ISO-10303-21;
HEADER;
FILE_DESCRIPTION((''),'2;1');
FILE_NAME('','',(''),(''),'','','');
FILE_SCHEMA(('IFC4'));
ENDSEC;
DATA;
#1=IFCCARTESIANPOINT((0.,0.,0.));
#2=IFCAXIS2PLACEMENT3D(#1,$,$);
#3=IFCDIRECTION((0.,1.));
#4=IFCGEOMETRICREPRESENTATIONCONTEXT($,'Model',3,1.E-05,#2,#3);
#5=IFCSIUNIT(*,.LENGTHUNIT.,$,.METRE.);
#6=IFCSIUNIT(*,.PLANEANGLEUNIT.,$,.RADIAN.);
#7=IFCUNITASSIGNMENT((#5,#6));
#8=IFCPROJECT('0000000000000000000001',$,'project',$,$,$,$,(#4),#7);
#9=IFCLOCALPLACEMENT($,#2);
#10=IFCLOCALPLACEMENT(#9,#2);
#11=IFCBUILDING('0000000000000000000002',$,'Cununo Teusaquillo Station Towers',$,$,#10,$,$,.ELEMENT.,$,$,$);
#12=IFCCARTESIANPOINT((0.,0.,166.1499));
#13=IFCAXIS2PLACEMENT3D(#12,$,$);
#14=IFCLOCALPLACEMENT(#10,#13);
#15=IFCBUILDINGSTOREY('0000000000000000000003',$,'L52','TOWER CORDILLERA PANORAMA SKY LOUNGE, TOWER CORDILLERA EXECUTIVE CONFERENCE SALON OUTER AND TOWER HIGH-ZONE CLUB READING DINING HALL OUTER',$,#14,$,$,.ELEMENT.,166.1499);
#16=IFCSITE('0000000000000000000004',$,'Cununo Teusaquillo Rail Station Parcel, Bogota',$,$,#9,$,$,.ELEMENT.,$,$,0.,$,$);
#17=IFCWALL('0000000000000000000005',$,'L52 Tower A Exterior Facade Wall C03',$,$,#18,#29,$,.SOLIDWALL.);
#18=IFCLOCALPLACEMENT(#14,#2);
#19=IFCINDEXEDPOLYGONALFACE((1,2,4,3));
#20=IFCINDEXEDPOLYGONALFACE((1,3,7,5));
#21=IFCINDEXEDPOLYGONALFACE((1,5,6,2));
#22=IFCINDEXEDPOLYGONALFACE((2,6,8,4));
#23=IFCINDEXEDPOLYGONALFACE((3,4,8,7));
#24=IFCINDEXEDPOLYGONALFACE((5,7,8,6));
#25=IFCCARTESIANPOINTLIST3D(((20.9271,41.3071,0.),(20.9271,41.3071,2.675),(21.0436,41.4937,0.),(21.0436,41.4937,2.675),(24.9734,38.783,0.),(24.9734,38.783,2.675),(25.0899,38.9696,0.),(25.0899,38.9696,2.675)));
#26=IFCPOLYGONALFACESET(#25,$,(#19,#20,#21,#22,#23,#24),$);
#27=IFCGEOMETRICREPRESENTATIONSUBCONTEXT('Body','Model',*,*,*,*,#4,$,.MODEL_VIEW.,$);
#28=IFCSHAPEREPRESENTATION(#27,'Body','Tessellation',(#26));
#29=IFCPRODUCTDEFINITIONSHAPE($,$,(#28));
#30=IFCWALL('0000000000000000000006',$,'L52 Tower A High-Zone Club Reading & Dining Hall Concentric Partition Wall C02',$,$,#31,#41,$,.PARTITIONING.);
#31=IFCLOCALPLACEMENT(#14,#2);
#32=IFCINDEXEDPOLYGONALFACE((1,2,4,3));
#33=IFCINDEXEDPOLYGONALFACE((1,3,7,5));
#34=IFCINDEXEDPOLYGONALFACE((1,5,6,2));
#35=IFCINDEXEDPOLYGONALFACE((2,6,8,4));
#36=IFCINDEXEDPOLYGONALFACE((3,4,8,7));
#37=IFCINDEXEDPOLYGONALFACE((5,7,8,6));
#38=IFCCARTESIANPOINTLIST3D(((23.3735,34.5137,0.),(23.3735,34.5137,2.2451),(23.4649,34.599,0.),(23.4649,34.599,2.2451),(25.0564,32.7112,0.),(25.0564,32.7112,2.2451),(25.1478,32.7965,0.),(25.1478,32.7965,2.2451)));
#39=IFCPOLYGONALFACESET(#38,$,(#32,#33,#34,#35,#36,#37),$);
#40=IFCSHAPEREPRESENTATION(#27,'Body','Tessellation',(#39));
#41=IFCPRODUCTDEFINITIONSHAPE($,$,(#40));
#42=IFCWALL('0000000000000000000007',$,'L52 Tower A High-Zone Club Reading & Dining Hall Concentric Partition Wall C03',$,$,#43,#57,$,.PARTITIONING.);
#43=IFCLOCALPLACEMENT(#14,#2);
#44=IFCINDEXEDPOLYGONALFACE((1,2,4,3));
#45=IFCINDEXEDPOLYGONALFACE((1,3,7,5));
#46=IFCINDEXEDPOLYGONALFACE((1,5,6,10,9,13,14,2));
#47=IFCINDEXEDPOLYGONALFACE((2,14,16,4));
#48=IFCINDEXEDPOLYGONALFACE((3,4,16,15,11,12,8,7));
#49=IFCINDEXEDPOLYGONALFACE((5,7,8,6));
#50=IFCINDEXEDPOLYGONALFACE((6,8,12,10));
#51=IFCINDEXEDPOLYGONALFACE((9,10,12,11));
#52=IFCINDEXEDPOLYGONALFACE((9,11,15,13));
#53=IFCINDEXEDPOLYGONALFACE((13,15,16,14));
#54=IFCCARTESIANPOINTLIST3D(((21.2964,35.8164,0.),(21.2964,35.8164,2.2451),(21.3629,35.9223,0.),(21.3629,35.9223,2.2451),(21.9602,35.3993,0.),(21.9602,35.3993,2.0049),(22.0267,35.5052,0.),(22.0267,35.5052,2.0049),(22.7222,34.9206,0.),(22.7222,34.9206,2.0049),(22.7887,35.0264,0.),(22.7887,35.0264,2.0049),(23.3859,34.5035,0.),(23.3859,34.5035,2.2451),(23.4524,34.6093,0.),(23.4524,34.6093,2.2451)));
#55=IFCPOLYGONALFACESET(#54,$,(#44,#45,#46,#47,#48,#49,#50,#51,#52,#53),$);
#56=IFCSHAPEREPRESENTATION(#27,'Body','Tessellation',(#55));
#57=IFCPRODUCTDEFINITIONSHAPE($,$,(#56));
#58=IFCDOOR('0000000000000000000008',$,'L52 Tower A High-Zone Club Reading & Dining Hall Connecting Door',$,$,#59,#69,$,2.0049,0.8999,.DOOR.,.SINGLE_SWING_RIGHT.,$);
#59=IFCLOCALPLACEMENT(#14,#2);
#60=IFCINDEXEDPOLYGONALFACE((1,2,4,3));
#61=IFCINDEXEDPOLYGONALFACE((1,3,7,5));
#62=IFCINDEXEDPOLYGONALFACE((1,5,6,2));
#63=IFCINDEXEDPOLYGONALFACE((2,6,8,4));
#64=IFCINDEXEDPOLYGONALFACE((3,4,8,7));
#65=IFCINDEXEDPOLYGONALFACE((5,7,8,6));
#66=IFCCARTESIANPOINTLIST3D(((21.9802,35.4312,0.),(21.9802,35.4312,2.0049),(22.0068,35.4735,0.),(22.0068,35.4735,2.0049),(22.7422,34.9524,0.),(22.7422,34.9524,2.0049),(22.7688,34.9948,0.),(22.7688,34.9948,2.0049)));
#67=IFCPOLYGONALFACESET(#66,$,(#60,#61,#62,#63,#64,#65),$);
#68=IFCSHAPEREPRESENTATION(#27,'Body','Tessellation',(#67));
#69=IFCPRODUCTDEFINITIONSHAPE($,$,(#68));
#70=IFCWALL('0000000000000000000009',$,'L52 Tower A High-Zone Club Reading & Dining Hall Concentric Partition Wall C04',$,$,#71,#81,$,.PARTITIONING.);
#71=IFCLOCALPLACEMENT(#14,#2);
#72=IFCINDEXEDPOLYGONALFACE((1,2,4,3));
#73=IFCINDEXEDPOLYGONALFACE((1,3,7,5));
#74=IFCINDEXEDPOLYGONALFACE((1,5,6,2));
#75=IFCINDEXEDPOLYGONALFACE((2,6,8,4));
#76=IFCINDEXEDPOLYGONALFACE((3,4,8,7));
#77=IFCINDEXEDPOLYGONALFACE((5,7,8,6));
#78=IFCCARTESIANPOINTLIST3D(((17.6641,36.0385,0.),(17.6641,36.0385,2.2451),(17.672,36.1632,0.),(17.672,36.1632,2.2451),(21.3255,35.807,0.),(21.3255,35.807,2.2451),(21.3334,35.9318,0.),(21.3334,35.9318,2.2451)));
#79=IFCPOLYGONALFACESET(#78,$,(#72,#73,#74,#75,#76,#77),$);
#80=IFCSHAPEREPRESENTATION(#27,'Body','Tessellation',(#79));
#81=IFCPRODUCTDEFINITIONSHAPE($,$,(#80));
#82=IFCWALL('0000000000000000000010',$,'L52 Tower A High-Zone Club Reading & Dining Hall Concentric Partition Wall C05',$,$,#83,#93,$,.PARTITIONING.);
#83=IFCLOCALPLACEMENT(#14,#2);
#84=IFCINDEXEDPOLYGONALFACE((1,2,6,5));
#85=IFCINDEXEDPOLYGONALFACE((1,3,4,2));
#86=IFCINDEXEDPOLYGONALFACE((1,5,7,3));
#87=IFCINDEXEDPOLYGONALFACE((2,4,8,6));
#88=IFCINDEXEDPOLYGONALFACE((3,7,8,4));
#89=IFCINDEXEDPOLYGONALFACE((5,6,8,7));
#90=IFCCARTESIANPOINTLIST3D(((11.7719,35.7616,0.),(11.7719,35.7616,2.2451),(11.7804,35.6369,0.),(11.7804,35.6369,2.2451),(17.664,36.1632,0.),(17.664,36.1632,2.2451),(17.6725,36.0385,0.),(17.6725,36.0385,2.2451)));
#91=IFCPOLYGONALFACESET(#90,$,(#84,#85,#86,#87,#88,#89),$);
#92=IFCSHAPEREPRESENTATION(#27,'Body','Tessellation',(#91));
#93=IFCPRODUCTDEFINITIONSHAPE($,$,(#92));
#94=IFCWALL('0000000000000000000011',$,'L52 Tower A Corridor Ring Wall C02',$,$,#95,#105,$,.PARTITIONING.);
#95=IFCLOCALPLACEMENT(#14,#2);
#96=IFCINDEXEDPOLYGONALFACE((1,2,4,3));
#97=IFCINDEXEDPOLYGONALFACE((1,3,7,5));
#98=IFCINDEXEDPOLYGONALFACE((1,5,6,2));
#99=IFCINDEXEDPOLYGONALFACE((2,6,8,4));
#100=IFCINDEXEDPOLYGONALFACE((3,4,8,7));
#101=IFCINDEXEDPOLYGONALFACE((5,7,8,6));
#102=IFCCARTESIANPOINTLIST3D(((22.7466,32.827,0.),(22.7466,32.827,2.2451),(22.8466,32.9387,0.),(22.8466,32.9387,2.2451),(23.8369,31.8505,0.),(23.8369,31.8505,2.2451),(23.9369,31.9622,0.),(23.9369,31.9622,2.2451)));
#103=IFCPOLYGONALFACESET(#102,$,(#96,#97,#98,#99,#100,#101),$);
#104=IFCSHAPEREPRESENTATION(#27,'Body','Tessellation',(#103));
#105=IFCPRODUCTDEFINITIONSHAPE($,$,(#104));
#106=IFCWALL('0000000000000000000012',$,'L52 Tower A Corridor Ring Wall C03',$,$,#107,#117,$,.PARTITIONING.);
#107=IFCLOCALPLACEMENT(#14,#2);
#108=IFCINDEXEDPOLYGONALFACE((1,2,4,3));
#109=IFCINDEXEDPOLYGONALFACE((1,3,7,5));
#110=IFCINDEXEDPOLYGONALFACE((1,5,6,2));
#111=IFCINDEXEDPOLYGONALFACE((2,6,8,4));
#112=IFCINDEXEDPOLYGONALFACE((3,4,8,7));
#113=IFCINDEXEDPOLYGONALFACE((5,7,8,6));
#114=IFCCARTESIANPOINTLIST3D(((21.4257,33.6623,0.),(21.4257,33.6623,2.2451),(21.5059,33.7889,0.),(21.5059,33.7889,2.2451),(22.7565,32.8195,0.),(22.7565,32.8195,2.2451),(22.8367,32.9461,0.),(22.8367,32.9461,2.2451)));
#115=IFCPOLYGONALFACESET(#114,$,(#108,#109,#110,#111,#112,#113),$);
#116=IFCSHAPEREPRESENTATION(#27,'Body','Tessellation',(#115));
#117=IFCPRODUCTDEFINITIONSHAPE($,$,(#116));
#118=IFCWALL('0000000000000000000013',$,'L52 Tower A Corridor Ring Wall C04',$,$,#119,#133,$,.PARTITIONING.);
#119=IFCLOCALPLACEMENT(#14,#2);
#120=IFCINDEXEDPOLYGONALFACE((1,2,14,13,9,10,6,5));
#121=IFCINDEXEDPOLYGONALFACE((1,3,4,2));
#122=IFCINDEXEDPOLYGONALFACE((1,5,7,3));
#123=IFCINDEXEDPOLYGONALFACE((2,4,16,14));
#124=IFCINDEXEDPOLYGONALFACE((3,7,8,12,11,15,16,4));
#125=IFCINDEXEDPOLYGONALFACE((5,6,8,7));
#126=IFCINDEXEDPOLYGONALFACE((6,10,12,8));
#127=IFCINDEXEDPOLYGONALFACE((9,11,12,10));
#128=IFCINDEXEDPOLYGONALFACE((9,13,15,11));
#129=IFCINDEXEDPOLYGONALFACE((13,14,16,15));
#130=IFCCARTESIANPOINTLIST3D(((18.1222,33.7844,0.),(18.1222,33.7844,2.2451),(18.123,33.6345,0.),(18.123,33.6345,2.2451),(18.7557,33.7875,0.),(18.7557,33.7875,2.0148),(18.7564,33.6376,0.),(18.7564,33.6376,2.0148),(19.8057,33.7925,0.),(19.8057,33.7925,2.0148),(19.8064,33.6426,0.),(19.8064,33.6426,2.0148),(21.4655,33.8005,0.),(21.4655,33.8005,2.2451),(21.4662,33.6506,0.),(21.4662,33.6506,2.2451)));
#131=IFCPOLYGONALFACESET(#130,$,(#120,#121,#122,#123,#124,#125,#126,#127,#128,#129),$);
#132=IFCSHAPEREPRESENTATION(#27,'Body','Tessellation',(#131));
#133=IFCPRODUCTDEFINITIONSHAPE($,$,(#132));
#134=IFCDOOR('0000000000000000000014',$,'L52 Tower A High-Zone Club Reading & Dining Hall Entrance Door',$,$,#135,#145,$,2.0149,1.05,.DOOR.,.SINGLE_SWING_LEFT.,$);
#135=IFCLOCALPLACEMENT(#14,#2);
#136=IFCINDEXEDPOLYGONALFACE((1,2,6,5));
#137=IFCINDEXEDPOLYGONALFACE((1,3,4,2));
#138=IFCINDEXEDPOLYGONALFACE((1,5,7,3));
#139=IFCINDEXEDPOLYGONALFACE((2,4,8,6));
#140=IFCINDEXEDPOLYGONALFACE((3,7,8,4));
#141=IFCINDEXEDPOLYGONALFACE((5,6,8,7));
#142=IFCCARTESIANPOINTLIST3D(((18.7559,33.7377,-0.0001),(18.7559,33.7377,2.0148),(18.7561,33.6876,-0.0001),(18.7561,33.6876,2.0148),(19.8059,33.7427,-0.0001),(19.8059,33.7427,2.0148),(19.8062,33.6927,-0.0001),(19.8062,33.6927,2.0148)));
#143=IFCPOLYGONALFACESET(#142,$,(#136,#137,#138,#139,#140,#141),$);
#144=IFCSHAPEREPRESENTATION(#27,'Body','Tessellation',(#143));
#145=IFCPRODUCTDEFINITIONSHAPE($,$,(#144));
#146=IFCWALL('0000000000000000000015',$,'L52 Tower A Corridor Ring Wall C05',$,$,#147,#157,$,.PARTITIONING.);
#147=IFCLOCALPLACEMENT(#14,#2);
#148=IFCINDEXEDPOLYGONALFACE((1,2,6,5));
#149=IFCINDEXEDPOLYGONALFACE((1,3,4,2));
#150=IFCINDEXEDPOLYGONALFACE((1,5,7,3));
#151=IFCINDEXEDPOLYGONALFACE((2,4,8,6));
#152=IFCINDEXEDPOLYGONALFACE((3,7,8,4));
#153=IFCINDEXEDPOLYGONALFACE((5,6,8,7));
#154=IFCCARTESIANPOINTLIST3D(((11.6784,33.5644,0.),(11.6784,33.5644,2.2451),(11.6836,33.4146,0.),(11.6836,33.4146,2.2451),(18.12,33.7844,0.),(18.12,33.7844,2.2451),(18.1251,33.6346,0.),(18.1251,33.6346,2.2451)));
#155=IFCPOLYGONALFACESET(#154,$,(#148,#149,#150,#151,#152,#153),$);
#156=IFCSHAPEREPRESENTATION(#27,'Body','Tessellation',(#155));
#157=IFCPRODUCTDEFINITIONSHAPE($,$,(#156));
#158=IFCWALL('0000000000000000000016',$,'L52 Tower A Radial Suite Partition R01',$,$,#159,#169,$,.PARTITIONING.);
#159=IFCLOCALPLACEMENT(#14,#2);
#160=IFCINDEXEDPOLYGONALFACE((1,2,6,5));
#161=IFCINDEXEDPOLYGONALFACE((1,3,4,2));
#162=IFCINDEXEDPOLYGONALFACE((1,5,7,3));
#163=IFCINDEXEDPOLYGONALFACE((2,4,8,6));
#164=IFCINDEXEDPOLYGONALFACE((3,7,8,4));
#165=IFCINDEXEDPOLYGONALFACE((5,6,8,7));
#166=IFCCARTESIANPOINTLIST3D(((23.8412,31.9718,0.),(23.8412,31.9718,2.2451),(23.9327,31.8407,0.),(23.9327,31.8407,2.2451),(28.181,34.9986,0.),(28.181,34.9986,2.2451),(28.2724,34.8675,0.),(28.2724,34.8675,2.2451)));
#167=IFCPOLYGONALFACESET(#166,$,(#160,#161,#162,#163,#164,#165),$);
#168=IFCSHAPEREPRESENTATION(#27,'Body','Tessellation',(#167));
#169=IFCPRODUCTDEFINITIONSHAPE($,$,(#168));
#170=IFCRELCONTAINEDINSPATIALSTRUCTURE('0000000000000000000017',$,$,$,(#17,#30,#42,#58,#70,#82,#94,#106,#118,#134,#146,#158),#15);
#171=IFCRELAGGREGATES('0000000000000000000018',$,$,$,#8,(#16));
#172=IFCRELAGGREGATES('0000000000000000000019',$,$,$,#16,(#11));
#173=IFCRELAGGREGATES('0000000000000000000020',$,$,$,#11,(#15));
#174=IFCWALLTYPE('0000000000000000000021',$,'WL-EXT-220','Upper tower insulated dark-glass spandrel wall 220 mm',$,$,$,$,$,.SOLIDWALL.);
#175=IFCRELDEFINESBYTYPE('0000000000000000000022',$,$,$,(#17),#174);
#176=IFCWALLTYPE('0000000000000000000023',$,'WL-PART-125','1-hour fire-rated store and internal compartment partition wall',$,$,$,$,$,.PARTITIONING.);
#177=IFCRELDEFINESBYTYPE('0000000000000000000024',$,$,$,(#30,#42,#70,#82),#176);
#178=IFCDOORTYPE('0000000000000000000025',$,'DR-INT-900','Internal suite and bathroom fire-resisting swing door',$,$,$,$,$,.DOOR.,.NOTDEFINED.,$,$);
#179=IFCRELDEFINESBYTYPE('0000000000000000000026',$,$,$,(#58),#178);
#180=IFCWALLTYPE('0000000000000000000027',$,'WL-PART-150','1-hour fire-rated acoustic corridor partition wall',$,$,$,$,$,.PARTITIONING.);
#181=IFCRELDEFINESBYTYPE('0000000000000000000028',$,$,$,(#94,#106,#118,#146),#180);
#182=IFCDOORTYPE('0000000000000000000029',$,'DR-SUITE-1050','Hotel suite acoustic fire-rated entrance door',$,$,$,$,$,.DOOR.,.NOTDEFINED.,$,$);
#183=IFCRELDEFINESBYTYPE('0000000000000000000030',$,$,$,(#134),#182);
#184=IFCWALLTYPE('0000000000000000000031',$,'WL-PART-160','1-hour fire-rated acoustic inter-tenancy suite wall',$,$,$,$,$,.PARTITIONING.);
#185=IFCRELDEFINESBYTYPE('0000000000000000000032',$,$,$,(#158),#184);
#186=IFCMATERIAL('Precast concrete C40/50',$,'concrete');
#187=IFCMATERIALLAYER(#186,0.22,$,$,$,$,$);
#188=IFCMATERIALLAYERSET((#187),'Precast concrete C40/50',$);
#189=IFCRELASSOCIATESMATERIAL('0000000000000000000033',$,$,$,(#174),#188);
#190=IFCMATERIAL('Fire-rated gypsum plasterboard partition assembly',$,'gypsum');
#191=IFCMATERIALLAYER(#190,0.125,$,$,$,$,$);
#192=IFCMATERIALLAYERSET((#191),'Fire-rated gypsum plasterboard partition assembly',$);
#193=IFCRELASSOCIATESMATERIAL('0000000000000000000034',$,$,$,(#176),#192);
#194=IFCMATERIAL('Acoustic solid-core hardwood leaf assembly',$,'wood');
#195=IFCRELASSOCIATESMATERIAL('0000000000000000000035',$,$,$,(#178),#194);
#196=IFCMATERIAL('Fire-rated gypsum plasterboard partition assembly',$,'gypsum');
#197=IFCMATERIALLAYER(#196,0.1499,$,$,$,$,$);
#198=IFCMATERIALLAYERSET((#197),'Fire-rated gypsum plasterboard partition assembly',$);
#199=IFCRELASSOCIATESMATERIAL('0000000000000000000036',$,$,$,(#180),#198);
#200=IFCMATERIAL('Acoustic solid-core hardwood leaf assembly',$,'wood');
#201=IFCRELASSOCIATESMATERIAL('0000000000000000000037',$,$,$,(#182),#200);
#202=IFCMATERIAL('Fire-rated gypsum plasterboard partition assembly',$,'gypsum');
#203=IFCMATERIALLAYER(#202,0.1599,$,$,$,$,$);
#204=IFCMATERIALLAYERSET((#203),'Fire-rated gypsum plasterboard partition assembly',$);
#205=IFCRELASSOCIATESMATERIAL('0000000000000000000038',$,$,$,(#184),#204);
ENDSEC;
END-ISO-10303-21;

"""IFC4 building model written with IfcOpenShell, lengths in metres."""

from ifc_helpers import new_model, si_unit, direction, frame, frame_2d, origin, place, context, subcontext, project, spatial, rectangle, extrude, source, transform, mapped, material, layer, layer_set, type_object, element, fill, save


model = new_model("IFC4")

# Units and contexts
model_context = context("Model", 3, precision=1e-05, world=origin(), true_north=direction((0.0, 1.0)))
body_context = subcontext(model_context, "Body", "Model", "MODEL_VIEW")
ifc_project = project(units=[si_unit("LENGTHUNIT", "METRE"), si_unit("PLANEANGLEUNIT", "RADIAN")], contexts=[model_context])

# Site, building, storey
site_placement = place(None, origin())
site = spatial("IfcSite", under=ifc_project, at=site_placement, Name="Cununo Teusaquillo Rail Station Parcel, Bogota", CompositionType="ELEMENT", RefElevation=0.0)
building_placement = place(site_placement, origin())
building = spatial("IfcBuilding", under=site, at=building_placement, Name="Cununo Teusaquillo Station Towers", CompositionType="ELEMENT")
storey_placement = place(building_placement, frame((0.0, 0.0, 166.1499)))
storey = spatial("IfcBuildingStorey", under=building, at=storey_placement, Name="L52", Description="TOWER CORDILLERA PANORAMA SKY LOUNGE, TOWER CORDILLERA EXECUTIVE CONFERENCE SALON OUTER AND TOWER HIGH-ZONE CLUB READING DINING HALL OUTER", CompositionType="ELEMENT", Elevation=166.1499)

# Shared definitions
ifc_material_1 = material(Name="Precast concrete C40/50", Category="concrete")
ifc_layer_1 = layer(ifc_material_1, 0.22)
ifc_layer_set_1 = layer_set([ifc_layer_1], Name="Precast concrete C40/50")
wall_type_1 = type_object("IfcWallType", Name="WL-EXT-220", Description="Upper tower insulated dark-glass spandrel wall 220 mm", PredefinedType="SOLIDWALL", material=ifc_layer_set_1)

# Walls
wall_1_placement = place(storey_placement, frame((20.9854, 41.4004, 0.0), z_axis=(0.0, 0.0, 1.0), x_axis=(0.848452, -0.529272, 0.0)))
element("IfcWall", 1, at=wall_1_placement, inside=storey, type_object=wall_type_1, Name="L52 Tower A Exterior Facade Wall C03", PredefinedType="SOLIDWALL", context=body_context, shape_type="SweptSolid", body=[
    extrude(rectangle(XDim=4.769, YDim=0.22, at=frame_2d((2.3845, 0.0))), origin(), (0.0, 0.0, 1.0), 2.675),
])
ifc_material_2 = material(Name="Fire-rated gypsum plasterboard partition assembly", Category="gypsum")
ifc_layer_2 = layer(ifc_material_2, 0.125)
ifc_layer_set_2 = layer_set([ifc_layer_2], Name="Fire-rated gypsum plasterboard partition assembly")
wall_type_2 = type_object("IfcWallType", Name="WL-PART-125", Description="1-hour fire-rated store and internal compartment partition wall", PredefinedType="PARTITIONING", material=ifc_layer_set_2)
wall_2_placement = place(storey_placement, frame((25.1021, 32.7539, 0.0), z_axis=(0.0, 0.0, 1.0), x_axis=(-0.682435, 0.730947, 0.0)))
element("IfcWall", 2, at=wall_2_placement, inside=storey, type_object=wall_type_2, Name="L52 Tower A High-Zone Club Reading & Dining Hall Concentric Partition Wall C02", PredefinedType="PARTITIONING", context=body_context, shape_type="SweptSolid", body=[
    extrude(rectangle(XDim=2.4661, YDim=0.125, at=frame_2d((1.2329, 0.0))), origin(), (0.0, 0.0, 1.0), 2.2451),
])

# Wall, opening, door
wall_3_placement = place(storey_placement, frame((23.4192, 34.5564, 0.0), z_axis=(0.0, 0.0, 1.0), x_axis=(-0.846723, 0.532034, 0.0)))
wall_3 = element("IfcWall", 3, at=wall_3_placement, inside=storey, type_object=wall_type_2, Name="L52 Tower A High-Zone Club Reading & Dining Hall Concentric Partition Wall C03", PredefinedType="PARTITIONING", context=body_context, shape_type="SweptSolid", body=[
    extrude(rectangle(XDim=2.4678, YDim=0.125, at=frame_2d((1.2339, 0.0))), origin(), (0.0, 0.0, 1.0), 2.2451),
])
shared_shape_1 = source(origin(), body_context, "Body", "SweptSolid", [
    extrude(rectangle(XDim=0.8999, YDim=2.0049, at=frame_2d((0.45, 1.0024))), frame((0.0, 0.0725, 0.0), z_axis=(0.0, -1.0, 0.0), x_axis=(1.0, 0.0, 0.0)), (0.0, 0.0, 1.0), 0.145),
])
opening_1_placement = place(wall_3_placement, frame((0.7839, 0.0, 0.0)))
opening_1 = element("IfcOpeningElement", 4, at=opening_1_placement, cuts=wall_3, PredefinedType="OPENING", context=body_context, shape_type="MappedRepresentation", body=[
    mapped(shared_shape_1, transform((0.0, 0.0, 0.0), x_axis=(1.0, 0.0, 0.0), y_axis=(0.0, 1.0, 0.0), z_axis=(0.0, 0.0, 1.0), scale=1.0)),
])
ifc_material_3 = material(Name="Acoustic solid-core hardwood leaf assembly", Category="wood")
door_type_1 = type_object("IfcDoorType", Name="DR-INT-900", Description="Internal suite and bathroom fire-resisting swing door", OperationType="NOTDEFINED", PredefinedType="DOOR", material=ifc_material_3)
shared_shape_2 = source(origin(), body_context, "Body", "SweptSolid", [
    extrude(rectangle(XDim=0.8999, YDim=2.0049, at=frame_2d((0.45, 1.0024))), frame((0.0, 0.0249, 0.0), z_axis=(0.0, -1.0, 0.0), x_axis=(1.0, 0.0, 0.0)), (0.0, 0.0, 1.0), 0.05),
])
door_1_placement = place(opening_1_placement, origin())
door_1 = element("IfcDoor", 5, at=door_1_placement, inside=storey, type_object=door_type_1, Name="L52 Tower A High-Zone Club Reading & Dining Hall Connecting Door", OperationType="SINGLE_SWING_RIGHT", OverallHeight=2.0049, OverallWidth=0.8999, PredefinedType="DOOR", context=body_context, shape_type="MappedRepresentation", body=[
    mapped(shared_shape_2, transform((0.0, 0.0, 0.0), x_axis=(1.0, 0.0, 0.0), y_axis=(0.0, 1.0, 0.0), z_axis=(0.0, 0.0, 1.0), scale=1.0)),
])
fill(opening_1, door_1)

# Walls
wall_4_placement = place(storey_placement, frame((21.3296, 35.8694, 0.0), z_axis=(0.0, 0.0, 1.0), x_axis=(-0.998008, 0.063087, 0.0)))
element("IfcWall", 6, at=wall_4_placement, inside=storey, type_object=wall_type_2, Name="L52 Tower A High-Zone Club Reading & Dining Hall Concentric Partition Wall C04", PredefinedType="PARTITIONING", context=body_context, shape_type="SweptSolid", body=[
    extrude(rectangle(XDim=3.6687, YDim=0.125, at=frame_2d((1.8345, 0.0))), origin(), (0.0, 0.0, 1.0), 2.2451),
])
wall_5_placement = place(storey_placement, frame((17.6682, 36.1008, 0.0), z_axis=(0.0, 0.0, 1.0), x_axis=(-0.997685, -0.068003, 0.0)))
element("IfcWall", 7, at=wall_5_placement, inside=storey, type_object=wall_type_2, Name="L52 Tower A High-Zone Club Reading & Dining Hall Concentric Partition Wall C05", PredefinedType="PARTITIONING", context=body_context, shape_type="SweptSolid", body=[
    extrude(rectangle(XDim=5.9058, YDim=0.125, at=frame_2d((2.9529, 0.0))), origin(), (0.0, 0.0, 1.0), 2.2451),
])
ifc_material_4 = material(Name="Fire-rated gypsum plasterboard partition assembly", Category="gypsum")
ifc_layer_3 = layer(ifc_material_4, 0.1499)
ifc_layer_set_3 = layer_set([ifc_layer_3], Name="Fire-rated gypsum plasterboard partition assembly")
wall_type_3 = type_object("IfcWallType", Name="WL-PART-150", Description="1-hour fire-rated acoustic corridor partition wall", PredefinedType="PARTITIONING", material=ifc_layer_set_3)
wall_6_placement = place(storey_placement, frame((23.887, 31.9062, 0.0), z_axis=(0.0, 0.0, 1.0), x_axis=(-0.744901, 0.667175, 0.0)))
element("IfcWall", 8, at=wall_6_placement, inside=storey, type_object=wall_type_3, Name="L52 Tower A Corridor Ring Wall C02", PredefinedType="PARTITIONING", context=body_context, shape_type="SweptSolid", body=[
    extrude(rectangle(XDim=1.4636, YDim=0.1499, at=frame_2d((0.7319, 0.0))), origin(), (0.0, 0.0, 1.0), 2.2451),
])
wall_7_placement = place(storey_placement, frame((22.7966, 32.8828, 0.0), z_axis=(0.0, 0.0, 1.0), x_axis=(-0.84484, 0.535019, 0.0)))
element("IfcWall", 9, at=wall_7_placement, inside=storey, type_object=wall_type_3, Name="L52 Tower A Corridor Ring Wall C03", PredefinedType="PARTITIONING", context=body_context, shape_type="SweptSolid", body=[
    extrude(rectangle(XDim=1.5752, YDim=0.1499, at=frame_2d((0.7876, 0.0))), origin(), (0.0, 0.0, 1.0), 2.2451),
])

# Wall, opening, door
wall_8_placement = place(storey_placement, frame((21.4658, 33.7256, 0.0), z_axis=(0.0, 0.0, 1.0), x_axis=(-0.999988, -0.00482, 0.0)))
wall_8 = element("IfcWall", 10, at=wall_8_placement, inside=storey, type_object=wall_type_3, Name="L52 Tower A Corridor Ring Wall C04", PredefinedType="PARTITIONING", context=body_context, shape_type="SweptSolid", body=[
    extrude(rectangle(XDim=3.3433, YDim=0.1499, at=frame_2d((1.6716, 0.0))), origin(), (0.0, 0.0, 1.0), 2.2451),
])
shared_shape_3 = source(origin(), body_context, "Body", "SweptSolid", [
    extrude(rectangle(XDim=1.05, YDim=2.0149, at=frame_2d((0.5249, 1.0073))), frame((0.0, 0.085, 0.0), z_axis=(0.0, -1.0, 0.0), x_axis=(1.0, 0.0, 0.0)), (0.0, 0.0, 1.0), 0.1699),
])
opening_2_placement = place(wall_8_placement, frame((1.6599, 0.0, 0.0)))
opening_2 = element("IfcOpeningElement", 11, at=opening_2_placement, cuts=wall_8, PredefinedType="OPENING", context=body_context, shape_type="MappedRepresentation", body=[
    mapped(shared_shape_3, transform((0.0, 0.0, 0.0), x_axis=(1.0, 0.0, 0.0), y_axis=(0.0, 1.0, 0.0), z_axis=(0.0, 0.0, 1.0), scale=1.0)),
])
ifc_material_5 = material(Name="Acoustic solid-core hardwood leaf assembly", Category="wood")
door_type_2 = type_object("IfcDoorType", Name="DR-SUITE-1050", Description="Hotel suite acoustic fire-rated entrance door", OperationType="NOTDEFINED", PredefinedType="DOOR", material=ifc_material_5)
shared_shape_4 = source(origin(), body_context, "Body", "SweptSolid", [
    extrude(rectangle(XDim=1.05, YDim=2.0149, at=frame_2d((0.5249, 1.0073))), frame((0.0, 0.0249, 0.0), z_axis=(0.0, -1.0, 0.0), x_axis=(1.0, 0.0, 0.0)), (0.0, 0.0, 1.0), 0.05),
])
door_2_placement = place(opening_2_placement, origin())
door_2 = element("IfcDoor", 12, at=door_2_placement, inside=storey, type_object=door_type_2, Name="L52 Tower A High-Zone Club Reading & Dining Hall Entrance Door", OperationType="SINGLE_SWING_LEFT", OverallHeight=2.0149, OverallWidth=1.05, PredefinedType="DOOR", context=body_context, shape_type="MappedRepresentation", body=[
    mapped(shared_shape_4, transform((0.0, 0.0, 0.0), x_axis=(1.0, 0.0, 0.0), y_axis=(0.0, 1.0, 0.0), z_axis=(0.0, 0.0, 1.0), scale=1.0)),
])
fill(opening_2, door_2)

# Walls
wall_9_placement = place(storey_placement, frame((18.1226, 33.7095, 0.0), z_axis=(0.0, 0.0, 1.0), x_axis=(-0.999417, -0.034128, 0.0)))
element("IfcWall", 13, at=wall_9_placement, inside=storey, type_object=wall_type_3, Name="L52 Tower A Corridor Ring Wall C05", PredefinedType="PARTITIONING", context=body_context, shape_type="SweptSolid", body=[
    extrude(rectangle(XDim=6.4453, YDim=0.1499, at=frame_2d((3.2227, 0.0))), origin(), (0.0, 0.0, 1.0), 2.2451),
])
ifc_material_6 = material(Name="Fire-rated gypsum plasterboard partition assembly", Category="gypsum")
ifc_layer_4 = layer(ifc_material_6, 0.1599)
ifc_layer_set_4 = layer_set([ifc_layer_4], Name="Fire-rated gypsum plasterboard partition assembly")
wall_type_4 = type_object("IfcWallType", Name="WL-PART-160", Description="1-hour fire-rated acoustic inter-tenancy suite wall", PredefinedType="PARTITIONING", material=ifc_layer_set_4)
wall_10_placement = place(storey_placement, frame((23.887, 31.9062, 0.0), z_axis=(0.0, 0.0, 1.0), x_axis=(0.820211, 0.572062, 0.0)))
element("IfcWall", 14, at=wall_10_placement, inside=storey, type_object=wall_type_4, Name="L52 Tower A Radial Suite Partition R01", PredefinedType="PARTITIONING", context=body_context, shape_type="SweptSolid", body=[
    extrude(rectangle(XDim=5.291, YDim=0.1599, at=frame_2d((2.6455, 0.0))), origin(), (0.0, 0.0, 1.0), 2.2451),
])

save(model, "model.ifc")
